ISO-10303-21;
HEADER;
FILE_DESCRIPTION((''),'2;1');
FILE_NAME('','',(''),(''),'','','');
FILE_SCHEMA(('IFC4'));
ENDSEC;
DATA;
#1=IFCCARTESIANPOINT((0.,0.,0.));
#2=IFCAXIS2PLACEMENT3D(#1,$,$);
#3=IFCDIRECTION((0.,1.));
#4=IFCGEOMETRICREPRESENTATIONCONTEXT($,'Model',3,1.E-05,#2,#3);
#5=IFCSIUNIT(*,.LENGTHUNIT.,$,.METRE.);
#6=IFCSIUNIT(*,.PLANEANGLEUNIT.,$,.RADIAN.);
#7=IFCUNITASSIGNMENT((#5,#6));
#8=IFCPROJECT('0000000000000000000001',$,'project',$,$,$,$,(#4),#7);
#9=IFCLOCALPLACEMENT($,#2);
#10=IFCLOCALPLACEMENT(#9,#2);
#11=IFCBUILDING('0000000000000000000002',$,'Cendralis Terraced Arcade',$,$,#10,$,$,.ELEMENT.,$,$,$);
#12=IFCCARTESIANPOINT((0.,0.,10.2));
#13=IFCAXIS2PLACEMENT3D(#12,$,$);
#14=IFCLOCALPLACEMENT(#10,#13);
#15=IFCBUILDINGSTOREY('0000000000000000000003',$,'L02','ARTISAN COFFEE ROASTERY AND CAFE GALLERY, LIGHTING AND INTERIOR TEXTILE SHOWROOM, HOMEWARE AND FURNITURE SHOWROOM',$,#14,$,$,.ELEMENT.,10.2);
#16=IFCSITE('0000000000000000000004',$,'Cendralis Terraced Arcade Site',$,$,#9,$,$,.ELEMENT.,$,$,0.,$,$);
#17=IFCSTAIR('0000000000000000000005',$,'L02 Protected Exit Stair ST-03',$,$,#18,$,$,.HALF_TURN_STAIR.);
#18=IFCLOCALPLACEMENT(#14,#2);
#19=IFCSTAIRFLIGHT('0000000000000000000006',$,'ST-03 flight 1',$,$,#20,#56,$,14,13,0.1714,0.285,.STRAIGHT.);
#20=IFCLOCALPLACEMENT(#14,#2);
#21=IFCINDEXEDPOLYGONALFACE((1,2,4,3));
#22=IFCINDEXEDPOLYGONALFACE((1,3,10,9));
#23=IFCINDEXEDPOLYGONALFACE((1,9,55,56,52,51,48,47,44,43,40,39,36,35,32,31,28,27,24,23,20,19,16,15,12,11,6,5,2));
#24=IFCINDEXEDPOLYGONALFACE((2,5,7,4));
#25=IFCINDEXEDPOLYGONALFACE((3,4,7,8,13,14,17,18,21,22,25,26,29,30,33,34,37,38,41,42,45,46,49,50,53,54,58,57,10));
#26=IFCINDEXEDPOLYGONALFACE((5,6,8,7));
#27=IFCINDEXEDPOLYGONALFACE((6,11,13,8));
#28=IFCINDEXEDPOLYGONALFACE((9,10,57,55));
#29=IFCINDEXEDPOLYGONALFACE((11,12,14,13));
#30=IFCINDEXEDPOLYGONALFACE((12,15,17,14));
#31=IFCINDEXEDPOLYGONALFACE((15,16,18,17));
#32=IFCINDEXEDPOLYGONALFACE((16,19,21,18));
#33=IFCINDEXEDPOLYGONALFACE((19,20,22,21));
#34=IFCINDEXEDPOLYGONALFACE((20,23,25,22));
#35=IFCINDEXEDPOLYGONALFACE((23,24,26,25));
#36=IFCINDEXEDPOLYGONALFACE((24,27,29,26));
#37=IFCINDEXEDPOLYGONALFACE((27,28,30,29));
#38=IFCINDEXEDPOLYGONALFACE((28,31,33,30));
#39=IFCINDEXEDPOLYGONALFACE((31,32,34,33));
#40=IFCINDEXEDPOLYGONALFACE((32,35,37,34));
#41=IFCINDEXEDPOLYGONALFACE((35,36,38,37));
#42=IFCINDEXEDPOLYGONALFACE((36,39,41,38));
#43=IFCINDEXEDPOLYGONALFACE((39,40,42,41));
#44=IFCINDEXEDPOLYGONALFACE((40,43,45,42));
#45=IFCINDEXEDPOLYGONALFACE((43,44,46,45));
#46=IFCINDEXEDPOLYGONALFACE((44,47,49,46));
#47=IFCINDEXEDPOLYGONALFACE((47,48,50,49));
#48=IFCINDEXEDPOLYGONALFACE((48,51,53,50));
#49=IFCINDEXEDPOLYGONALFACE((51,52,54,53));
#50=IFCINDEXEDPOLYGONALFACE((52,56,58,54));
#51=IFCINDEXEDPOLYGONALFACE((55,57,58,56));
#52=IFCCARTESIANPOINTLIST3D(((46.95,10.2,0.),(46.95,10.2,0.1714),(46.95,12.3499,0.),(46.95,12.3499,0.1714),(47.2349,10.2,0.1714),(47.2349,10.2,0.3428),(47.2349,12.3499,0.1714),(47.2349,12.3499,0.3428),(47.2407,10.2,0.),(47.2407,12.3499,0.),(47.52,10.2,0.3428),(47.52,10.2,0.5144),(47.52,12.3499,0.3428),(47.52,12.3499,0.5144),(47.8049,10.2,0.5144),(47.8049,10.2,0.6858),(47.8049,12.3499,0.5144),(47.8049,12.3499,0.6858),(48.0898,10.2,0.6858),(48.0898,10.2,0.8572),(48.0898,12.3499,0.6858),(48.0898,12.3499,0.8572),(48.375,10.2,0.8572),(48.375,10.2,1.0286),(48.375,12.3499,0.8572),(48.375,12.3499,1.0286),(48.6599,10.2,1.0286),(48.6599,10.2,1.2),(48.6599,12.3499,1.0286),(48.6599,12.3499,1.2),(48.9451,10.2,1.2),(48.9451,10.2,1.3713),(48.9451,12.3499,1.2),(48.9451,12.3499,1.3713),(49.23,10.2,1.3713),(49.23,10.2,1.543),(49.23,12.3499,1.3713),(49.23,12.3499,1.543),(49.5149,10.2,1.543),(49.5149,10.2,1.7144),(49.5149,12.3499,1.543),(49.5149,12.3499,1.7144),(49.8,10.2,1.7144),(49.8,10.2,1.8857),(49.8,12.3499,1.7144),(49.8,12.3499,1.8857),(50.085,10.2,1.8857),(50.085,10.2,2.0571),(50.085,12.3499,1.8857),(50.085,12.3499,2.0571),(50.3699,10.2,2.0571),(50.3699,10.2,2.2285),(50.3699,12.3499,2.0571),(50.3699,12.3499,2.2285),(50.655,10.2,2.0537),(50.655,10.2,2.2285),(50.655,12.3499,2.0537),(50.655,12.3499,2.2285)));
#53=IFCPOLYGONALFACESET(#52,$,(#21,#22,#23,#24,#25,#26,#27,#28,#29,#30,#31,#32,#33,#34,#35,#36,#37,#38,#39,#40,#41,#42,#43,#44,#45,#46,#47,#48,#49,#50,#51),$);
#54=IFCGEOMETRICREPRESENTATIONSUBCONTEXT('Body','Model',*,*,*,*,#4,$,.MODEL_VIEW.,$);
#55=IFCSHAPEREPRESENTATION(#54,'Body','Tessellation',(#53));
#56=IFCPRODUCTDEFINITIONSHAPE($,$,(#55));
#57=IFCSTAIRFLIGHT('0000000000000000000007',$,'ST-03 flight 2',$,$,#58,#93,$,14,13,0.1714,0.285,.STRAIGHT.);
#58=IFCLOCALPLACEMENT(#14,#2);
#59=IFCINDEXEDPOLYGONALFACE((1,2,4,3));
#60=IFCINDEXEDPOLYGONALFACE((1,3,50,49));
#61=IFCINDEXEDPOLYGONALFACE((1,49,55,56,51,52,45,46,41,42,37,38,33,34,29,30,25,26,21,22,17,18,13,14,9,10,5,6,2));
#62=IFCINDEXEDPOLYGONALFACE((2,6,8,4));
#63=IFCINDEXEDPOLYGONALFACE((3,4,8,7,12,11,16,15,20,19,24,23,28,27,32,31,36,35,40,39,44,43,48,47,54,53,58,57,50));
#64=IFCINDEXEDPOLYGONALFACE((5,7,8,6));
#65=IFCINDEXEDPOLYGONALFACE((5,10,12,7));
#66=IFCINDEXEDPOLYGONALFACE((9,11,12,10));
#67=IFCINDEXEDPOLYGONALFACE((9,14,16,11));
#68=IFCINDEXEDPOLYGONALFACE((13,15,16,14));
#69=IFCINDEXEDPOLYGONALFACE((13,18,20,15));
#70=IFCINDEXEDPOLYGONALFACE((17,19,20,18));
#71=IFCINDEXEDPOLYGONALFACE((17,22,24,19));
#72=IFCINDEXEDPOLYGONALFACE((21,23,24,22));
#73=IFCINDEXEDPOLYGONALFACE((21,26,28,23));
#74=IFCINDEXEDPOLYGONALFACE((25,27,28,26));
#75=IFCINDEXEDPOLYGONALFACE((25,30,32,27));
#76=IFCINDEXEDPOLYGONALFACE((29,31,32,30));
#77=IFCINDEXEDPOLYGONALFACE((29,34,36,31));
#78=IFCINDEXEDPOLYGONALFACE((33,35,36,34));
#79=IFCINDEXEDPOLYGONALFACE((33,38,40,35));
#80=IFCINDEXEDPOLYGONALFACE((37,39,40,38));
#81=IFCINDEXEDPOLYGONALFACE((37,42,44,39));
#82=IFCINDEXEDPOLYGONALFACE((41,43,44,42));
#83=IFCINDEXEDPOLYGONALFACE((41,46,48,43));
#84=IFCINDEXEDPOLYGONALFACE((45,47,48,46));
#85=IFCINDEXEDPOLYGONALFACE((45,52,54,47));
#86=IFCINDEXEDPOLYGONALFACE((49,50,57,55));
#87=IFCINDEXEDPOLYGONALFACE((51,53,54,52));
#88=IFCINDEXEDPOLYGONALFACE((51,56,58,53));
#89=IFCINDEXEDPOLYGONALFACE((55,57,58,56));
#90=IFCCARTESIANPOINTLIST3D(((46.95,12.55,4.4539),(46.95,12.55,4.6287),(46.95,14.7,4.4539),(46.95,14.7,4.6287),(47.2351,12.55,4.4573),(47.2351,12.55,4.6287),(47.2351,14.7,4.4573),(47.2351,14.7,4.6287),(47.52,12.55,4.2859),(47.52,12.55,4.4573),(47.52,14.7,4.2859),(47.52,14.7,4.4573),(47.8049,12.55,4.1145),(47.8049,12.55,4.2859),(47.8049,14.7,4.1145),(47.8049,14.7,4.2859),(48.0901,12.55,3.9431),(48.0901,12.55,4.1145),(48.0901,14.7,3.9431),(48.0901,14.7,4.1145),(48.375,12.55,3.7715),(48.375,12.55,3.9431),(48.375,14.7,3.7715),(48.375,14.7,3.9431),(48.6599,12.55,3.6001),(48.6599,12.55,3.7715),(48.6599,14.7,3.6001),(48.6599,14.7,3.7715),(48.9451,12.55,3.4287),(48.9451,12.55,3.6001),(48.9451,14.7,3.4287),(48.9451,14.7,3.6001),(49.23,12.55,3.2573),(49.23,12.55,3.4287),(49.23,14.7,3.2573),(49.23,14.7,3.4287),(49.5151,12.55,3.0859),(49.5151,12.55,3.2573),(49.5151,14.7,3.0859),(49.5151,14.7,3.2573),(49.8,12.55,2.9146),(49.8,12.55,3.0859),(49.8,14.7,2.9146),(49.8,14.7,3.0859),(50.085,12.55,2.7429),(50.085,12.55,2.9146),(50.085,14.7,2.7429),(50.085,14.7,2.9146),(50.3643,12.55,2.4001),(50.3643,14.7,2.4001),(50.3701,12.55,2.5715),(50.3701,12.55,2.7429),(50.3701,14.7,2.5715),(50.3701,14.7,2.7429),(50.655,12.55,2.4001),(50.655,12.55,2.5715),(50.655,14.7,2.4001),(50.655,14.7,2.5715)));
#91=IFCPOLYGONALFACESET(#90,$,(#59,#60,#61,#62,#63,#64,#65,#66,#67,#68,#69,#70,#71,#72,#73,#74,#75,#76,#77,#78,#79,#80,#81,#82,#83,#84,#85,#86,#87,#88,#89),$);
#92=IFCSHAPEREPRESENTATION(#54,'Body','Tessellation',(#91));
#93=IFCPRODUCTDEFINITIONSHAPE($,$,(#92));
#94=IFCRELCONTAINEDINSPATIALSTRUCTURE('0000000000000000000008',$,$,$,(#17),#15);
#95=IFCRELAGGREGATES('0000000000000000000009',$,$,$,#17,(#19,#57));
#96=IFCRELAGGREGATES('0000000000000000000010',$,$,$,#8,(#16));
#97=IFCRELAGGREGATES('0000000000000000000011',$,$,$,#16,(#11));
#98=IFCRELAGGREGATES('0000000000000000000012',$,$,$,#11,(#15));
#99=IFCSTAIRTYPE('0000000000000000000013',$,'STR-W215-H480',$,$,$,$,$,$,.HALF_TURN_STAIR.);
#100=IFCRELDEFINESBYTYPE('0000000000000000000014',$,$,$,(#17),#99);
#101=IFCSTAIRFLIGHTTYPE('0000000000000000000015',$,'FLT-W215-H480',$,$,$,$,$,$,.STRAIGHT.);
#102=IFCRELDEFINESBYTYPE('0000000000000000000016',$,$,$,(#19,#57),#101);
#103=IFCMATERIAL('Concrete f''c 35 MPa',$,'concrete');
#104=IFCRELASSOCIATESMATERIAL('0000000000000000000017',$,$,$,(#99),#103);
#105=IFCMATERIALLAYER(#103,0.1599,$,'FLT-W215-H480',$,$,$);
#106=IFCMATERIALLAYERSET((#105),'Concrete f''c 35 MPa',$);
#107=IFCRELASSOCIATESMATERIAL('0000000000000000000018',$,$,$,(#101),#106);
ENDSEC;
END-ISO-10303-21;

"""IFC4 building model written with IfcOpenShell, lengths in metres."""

from ifc_helpers import new_model, si_unit, direction, frame, origin, place, context, subcontext, project, spatial, polyline, outline, extrude, material, layer, layer_set, type_object, element, aggregate, save


model = new_model("IFC4")

# Units and contexts
model_context = context("Model", 3, precision=1e-05, world=origin(), true_north=direction((0.0, 1.0)))
body_context = subcontext(model_context, "Body", "Model", "MODEL_VIEW")
ifc_project = project(units=[si_unit("LENGTHUNIT", "METRE"), si_unit("PLANEANGLEUNIT", "RADIAN")], contexts=[model_context])

# Site, building, storey
site_placement = place(None, origin())
site = spatial("IfcSite", under=ifc_project, at=site_placement, Name="Cendralis Terraced Arcade Site", CompositionType="ELEMENT", RefElevation=0.0)
building_placement = place(site_placement, origin())
building = spatial("IfcBuilding", under=site, at=building_placement, Name="Cendralis Terraced Arcade", CompositionType="ELEMENT")
storey_placement = place(building_placement, frame((0.0, 0.0, 10.2)))
storey = spatial("IfcBuildingStorey", under=building, at=storey_placement, Name="L02", Description="ARTISAN COFFEE ROASTERY AND CAFE GALLERY, LIGHTING AND INTERIOR TEXTILE SHOWROOM, HOMEWARE AND FURNITURE SHOWROOM", CompositionType="ELEMENT", Elevation=10.2)

# Stair, stair flights
ifc_material_1 = material(Name="Concrete f'c 35 MPa", Category="concrete")
stair_type = type_object("IfcStairType", Name="STR-W215-H480", PredefinedType="HALF_TURN_STAIR", material=ifc_material_1)
stair_placement = place(storey_placement, origin())
stair = element("IfcStair", 1, at=stair_placement, inside=storey, type_object=stair_type, Name="L02 Protected Exit Stair ST-03", PredefinedType="HALF_TURN_STAIR")
ifc_layer_1 = layer(ifc_material_1, 0.1599, Name="FLT-W215-H480")
ifc_layer_set_1 = layer_set([ifc_layer_1], Name="Concrete f'c 35 MPa")
stair_flight_type = type_object("IfcStairFlightType", Name="FLT-W215-H480", PredefinedType="STRAIGHT", material=ifc_layer_set_1)
stair_flight_1_placement = place(storey_placement, frame((46.95, 11.2749, 0.0), z_axis=(0.0, 0.0, 1.0), x_axis=(1.0, 0.0, 0.0)))
stair_flight_1 = element("IfcStairFlight", 2, at=stair_flight_1_placement, type_object=stair_flight_type, Name="ST-03 flight 1", NumberOfRisers=14, NumberOfTreads=13, PredefinedType="STRAIGHT", RiserHeight=0.1714, TreadLength=0.285, context=body_context, shape_type="SweptSolid", body=[
    extrude(outline(polyline([(0.0, 0.0), (0.0, 0.1714), (0.2849, 0.1714), (0.2849, 0.3428), (0.5701, 0.3428), (0.5701, 0.5144), (0.855, 0.5144), (0.855, 0.6858), (1.1399, 0.6858), (1.1399, 0.8572), (1.425, 0.8572), (1.425, 1.0286), (1.71, 1.0286), (1.71, 1.2), (1.9951, 1.2), (1.9951, 1.3713), (2.28, 1.3713), (2.28, 1.543), (2.5649, 1.543), (2.5649, 1.7144), (2.8501, 1.7144), (2.8501, 1.8857), (3.135, 1.8857), (3.135, 2.0571), (3.4199, 2.0571), (3.4199, 2.2285), (3.7051, 2.2285), (3.7051, 2.3999), (3.7051, 2.0537), (0.2908, 0.0), (0.0, 0.0)])), frame((0.0, 1.075, 0.0), z_axis=(0.0, -1.0, 0.0), x_axis=(1.0, 0.0, 0.0)), (0.0, 0.0, 1.0), 2.1499),
])
stair_flight_2_placement = place(storey_placement, frame((50.655, 13.625, 2.4001), z_axis=(0.0, 0.0, 1.0), x_axis=(-1.0, 0.0, 0.0)))
stair_flight_2 = element("IfcStairFlight", 3, at=stair_flight_2_placement, type_object=stair_flight_type, Name="ST-03 flight 2", NumberOfRisers=14, NumberOfTreads=13, PredefinedType="STRAIGHT", RiserHeight=0.1714, TreadLength=0.285, context=body_context, shape_type="SweptSolid", body=[
    extrude(outline(polyline([(0.0, 0.0), (0.0, 0.1714), (0.2849, 0.1714), (0.2849, 0.3428), (0.5701, 0.3428), (0.5701, 0.5144), (0.855, 0.5144), (0.855, 0.6858), (1.1399, 0.6858), (1.1399, 0.8572), (1.425, 0.8572), (1.425, 1.0286), (1.71, 1.0286), (1.71, 1.2), (1.9951, 1.2), (1.9951, 1.3713), (2.28, 1.3713), (2.28, 1.543), (2.5649, 1.543), (2.5649, 1.7144), (2.8501, 1.7144), (2.8501, 1.8857), (3.135, 1.8857), (3.135, 2.0571), (3.4199, 2.0571), (3.4199, 2.2285), (3.7051, 2.2285), (3.7051, 2.3999), (3.7051, 2.0537), (0.2908, 0.0), (0.0, 0.0)])), frame((0.0, 1.075, 0.0), z_axis=(0.0, -1.0, 0.0), x_axis=(1.0, 0.0, 0.0)), (0.0, 0.0, 1.0), 2.1499),
])
aggregate(stair, [stair_flight_1, stair_flight_2])

save(model, "model.ifc")
